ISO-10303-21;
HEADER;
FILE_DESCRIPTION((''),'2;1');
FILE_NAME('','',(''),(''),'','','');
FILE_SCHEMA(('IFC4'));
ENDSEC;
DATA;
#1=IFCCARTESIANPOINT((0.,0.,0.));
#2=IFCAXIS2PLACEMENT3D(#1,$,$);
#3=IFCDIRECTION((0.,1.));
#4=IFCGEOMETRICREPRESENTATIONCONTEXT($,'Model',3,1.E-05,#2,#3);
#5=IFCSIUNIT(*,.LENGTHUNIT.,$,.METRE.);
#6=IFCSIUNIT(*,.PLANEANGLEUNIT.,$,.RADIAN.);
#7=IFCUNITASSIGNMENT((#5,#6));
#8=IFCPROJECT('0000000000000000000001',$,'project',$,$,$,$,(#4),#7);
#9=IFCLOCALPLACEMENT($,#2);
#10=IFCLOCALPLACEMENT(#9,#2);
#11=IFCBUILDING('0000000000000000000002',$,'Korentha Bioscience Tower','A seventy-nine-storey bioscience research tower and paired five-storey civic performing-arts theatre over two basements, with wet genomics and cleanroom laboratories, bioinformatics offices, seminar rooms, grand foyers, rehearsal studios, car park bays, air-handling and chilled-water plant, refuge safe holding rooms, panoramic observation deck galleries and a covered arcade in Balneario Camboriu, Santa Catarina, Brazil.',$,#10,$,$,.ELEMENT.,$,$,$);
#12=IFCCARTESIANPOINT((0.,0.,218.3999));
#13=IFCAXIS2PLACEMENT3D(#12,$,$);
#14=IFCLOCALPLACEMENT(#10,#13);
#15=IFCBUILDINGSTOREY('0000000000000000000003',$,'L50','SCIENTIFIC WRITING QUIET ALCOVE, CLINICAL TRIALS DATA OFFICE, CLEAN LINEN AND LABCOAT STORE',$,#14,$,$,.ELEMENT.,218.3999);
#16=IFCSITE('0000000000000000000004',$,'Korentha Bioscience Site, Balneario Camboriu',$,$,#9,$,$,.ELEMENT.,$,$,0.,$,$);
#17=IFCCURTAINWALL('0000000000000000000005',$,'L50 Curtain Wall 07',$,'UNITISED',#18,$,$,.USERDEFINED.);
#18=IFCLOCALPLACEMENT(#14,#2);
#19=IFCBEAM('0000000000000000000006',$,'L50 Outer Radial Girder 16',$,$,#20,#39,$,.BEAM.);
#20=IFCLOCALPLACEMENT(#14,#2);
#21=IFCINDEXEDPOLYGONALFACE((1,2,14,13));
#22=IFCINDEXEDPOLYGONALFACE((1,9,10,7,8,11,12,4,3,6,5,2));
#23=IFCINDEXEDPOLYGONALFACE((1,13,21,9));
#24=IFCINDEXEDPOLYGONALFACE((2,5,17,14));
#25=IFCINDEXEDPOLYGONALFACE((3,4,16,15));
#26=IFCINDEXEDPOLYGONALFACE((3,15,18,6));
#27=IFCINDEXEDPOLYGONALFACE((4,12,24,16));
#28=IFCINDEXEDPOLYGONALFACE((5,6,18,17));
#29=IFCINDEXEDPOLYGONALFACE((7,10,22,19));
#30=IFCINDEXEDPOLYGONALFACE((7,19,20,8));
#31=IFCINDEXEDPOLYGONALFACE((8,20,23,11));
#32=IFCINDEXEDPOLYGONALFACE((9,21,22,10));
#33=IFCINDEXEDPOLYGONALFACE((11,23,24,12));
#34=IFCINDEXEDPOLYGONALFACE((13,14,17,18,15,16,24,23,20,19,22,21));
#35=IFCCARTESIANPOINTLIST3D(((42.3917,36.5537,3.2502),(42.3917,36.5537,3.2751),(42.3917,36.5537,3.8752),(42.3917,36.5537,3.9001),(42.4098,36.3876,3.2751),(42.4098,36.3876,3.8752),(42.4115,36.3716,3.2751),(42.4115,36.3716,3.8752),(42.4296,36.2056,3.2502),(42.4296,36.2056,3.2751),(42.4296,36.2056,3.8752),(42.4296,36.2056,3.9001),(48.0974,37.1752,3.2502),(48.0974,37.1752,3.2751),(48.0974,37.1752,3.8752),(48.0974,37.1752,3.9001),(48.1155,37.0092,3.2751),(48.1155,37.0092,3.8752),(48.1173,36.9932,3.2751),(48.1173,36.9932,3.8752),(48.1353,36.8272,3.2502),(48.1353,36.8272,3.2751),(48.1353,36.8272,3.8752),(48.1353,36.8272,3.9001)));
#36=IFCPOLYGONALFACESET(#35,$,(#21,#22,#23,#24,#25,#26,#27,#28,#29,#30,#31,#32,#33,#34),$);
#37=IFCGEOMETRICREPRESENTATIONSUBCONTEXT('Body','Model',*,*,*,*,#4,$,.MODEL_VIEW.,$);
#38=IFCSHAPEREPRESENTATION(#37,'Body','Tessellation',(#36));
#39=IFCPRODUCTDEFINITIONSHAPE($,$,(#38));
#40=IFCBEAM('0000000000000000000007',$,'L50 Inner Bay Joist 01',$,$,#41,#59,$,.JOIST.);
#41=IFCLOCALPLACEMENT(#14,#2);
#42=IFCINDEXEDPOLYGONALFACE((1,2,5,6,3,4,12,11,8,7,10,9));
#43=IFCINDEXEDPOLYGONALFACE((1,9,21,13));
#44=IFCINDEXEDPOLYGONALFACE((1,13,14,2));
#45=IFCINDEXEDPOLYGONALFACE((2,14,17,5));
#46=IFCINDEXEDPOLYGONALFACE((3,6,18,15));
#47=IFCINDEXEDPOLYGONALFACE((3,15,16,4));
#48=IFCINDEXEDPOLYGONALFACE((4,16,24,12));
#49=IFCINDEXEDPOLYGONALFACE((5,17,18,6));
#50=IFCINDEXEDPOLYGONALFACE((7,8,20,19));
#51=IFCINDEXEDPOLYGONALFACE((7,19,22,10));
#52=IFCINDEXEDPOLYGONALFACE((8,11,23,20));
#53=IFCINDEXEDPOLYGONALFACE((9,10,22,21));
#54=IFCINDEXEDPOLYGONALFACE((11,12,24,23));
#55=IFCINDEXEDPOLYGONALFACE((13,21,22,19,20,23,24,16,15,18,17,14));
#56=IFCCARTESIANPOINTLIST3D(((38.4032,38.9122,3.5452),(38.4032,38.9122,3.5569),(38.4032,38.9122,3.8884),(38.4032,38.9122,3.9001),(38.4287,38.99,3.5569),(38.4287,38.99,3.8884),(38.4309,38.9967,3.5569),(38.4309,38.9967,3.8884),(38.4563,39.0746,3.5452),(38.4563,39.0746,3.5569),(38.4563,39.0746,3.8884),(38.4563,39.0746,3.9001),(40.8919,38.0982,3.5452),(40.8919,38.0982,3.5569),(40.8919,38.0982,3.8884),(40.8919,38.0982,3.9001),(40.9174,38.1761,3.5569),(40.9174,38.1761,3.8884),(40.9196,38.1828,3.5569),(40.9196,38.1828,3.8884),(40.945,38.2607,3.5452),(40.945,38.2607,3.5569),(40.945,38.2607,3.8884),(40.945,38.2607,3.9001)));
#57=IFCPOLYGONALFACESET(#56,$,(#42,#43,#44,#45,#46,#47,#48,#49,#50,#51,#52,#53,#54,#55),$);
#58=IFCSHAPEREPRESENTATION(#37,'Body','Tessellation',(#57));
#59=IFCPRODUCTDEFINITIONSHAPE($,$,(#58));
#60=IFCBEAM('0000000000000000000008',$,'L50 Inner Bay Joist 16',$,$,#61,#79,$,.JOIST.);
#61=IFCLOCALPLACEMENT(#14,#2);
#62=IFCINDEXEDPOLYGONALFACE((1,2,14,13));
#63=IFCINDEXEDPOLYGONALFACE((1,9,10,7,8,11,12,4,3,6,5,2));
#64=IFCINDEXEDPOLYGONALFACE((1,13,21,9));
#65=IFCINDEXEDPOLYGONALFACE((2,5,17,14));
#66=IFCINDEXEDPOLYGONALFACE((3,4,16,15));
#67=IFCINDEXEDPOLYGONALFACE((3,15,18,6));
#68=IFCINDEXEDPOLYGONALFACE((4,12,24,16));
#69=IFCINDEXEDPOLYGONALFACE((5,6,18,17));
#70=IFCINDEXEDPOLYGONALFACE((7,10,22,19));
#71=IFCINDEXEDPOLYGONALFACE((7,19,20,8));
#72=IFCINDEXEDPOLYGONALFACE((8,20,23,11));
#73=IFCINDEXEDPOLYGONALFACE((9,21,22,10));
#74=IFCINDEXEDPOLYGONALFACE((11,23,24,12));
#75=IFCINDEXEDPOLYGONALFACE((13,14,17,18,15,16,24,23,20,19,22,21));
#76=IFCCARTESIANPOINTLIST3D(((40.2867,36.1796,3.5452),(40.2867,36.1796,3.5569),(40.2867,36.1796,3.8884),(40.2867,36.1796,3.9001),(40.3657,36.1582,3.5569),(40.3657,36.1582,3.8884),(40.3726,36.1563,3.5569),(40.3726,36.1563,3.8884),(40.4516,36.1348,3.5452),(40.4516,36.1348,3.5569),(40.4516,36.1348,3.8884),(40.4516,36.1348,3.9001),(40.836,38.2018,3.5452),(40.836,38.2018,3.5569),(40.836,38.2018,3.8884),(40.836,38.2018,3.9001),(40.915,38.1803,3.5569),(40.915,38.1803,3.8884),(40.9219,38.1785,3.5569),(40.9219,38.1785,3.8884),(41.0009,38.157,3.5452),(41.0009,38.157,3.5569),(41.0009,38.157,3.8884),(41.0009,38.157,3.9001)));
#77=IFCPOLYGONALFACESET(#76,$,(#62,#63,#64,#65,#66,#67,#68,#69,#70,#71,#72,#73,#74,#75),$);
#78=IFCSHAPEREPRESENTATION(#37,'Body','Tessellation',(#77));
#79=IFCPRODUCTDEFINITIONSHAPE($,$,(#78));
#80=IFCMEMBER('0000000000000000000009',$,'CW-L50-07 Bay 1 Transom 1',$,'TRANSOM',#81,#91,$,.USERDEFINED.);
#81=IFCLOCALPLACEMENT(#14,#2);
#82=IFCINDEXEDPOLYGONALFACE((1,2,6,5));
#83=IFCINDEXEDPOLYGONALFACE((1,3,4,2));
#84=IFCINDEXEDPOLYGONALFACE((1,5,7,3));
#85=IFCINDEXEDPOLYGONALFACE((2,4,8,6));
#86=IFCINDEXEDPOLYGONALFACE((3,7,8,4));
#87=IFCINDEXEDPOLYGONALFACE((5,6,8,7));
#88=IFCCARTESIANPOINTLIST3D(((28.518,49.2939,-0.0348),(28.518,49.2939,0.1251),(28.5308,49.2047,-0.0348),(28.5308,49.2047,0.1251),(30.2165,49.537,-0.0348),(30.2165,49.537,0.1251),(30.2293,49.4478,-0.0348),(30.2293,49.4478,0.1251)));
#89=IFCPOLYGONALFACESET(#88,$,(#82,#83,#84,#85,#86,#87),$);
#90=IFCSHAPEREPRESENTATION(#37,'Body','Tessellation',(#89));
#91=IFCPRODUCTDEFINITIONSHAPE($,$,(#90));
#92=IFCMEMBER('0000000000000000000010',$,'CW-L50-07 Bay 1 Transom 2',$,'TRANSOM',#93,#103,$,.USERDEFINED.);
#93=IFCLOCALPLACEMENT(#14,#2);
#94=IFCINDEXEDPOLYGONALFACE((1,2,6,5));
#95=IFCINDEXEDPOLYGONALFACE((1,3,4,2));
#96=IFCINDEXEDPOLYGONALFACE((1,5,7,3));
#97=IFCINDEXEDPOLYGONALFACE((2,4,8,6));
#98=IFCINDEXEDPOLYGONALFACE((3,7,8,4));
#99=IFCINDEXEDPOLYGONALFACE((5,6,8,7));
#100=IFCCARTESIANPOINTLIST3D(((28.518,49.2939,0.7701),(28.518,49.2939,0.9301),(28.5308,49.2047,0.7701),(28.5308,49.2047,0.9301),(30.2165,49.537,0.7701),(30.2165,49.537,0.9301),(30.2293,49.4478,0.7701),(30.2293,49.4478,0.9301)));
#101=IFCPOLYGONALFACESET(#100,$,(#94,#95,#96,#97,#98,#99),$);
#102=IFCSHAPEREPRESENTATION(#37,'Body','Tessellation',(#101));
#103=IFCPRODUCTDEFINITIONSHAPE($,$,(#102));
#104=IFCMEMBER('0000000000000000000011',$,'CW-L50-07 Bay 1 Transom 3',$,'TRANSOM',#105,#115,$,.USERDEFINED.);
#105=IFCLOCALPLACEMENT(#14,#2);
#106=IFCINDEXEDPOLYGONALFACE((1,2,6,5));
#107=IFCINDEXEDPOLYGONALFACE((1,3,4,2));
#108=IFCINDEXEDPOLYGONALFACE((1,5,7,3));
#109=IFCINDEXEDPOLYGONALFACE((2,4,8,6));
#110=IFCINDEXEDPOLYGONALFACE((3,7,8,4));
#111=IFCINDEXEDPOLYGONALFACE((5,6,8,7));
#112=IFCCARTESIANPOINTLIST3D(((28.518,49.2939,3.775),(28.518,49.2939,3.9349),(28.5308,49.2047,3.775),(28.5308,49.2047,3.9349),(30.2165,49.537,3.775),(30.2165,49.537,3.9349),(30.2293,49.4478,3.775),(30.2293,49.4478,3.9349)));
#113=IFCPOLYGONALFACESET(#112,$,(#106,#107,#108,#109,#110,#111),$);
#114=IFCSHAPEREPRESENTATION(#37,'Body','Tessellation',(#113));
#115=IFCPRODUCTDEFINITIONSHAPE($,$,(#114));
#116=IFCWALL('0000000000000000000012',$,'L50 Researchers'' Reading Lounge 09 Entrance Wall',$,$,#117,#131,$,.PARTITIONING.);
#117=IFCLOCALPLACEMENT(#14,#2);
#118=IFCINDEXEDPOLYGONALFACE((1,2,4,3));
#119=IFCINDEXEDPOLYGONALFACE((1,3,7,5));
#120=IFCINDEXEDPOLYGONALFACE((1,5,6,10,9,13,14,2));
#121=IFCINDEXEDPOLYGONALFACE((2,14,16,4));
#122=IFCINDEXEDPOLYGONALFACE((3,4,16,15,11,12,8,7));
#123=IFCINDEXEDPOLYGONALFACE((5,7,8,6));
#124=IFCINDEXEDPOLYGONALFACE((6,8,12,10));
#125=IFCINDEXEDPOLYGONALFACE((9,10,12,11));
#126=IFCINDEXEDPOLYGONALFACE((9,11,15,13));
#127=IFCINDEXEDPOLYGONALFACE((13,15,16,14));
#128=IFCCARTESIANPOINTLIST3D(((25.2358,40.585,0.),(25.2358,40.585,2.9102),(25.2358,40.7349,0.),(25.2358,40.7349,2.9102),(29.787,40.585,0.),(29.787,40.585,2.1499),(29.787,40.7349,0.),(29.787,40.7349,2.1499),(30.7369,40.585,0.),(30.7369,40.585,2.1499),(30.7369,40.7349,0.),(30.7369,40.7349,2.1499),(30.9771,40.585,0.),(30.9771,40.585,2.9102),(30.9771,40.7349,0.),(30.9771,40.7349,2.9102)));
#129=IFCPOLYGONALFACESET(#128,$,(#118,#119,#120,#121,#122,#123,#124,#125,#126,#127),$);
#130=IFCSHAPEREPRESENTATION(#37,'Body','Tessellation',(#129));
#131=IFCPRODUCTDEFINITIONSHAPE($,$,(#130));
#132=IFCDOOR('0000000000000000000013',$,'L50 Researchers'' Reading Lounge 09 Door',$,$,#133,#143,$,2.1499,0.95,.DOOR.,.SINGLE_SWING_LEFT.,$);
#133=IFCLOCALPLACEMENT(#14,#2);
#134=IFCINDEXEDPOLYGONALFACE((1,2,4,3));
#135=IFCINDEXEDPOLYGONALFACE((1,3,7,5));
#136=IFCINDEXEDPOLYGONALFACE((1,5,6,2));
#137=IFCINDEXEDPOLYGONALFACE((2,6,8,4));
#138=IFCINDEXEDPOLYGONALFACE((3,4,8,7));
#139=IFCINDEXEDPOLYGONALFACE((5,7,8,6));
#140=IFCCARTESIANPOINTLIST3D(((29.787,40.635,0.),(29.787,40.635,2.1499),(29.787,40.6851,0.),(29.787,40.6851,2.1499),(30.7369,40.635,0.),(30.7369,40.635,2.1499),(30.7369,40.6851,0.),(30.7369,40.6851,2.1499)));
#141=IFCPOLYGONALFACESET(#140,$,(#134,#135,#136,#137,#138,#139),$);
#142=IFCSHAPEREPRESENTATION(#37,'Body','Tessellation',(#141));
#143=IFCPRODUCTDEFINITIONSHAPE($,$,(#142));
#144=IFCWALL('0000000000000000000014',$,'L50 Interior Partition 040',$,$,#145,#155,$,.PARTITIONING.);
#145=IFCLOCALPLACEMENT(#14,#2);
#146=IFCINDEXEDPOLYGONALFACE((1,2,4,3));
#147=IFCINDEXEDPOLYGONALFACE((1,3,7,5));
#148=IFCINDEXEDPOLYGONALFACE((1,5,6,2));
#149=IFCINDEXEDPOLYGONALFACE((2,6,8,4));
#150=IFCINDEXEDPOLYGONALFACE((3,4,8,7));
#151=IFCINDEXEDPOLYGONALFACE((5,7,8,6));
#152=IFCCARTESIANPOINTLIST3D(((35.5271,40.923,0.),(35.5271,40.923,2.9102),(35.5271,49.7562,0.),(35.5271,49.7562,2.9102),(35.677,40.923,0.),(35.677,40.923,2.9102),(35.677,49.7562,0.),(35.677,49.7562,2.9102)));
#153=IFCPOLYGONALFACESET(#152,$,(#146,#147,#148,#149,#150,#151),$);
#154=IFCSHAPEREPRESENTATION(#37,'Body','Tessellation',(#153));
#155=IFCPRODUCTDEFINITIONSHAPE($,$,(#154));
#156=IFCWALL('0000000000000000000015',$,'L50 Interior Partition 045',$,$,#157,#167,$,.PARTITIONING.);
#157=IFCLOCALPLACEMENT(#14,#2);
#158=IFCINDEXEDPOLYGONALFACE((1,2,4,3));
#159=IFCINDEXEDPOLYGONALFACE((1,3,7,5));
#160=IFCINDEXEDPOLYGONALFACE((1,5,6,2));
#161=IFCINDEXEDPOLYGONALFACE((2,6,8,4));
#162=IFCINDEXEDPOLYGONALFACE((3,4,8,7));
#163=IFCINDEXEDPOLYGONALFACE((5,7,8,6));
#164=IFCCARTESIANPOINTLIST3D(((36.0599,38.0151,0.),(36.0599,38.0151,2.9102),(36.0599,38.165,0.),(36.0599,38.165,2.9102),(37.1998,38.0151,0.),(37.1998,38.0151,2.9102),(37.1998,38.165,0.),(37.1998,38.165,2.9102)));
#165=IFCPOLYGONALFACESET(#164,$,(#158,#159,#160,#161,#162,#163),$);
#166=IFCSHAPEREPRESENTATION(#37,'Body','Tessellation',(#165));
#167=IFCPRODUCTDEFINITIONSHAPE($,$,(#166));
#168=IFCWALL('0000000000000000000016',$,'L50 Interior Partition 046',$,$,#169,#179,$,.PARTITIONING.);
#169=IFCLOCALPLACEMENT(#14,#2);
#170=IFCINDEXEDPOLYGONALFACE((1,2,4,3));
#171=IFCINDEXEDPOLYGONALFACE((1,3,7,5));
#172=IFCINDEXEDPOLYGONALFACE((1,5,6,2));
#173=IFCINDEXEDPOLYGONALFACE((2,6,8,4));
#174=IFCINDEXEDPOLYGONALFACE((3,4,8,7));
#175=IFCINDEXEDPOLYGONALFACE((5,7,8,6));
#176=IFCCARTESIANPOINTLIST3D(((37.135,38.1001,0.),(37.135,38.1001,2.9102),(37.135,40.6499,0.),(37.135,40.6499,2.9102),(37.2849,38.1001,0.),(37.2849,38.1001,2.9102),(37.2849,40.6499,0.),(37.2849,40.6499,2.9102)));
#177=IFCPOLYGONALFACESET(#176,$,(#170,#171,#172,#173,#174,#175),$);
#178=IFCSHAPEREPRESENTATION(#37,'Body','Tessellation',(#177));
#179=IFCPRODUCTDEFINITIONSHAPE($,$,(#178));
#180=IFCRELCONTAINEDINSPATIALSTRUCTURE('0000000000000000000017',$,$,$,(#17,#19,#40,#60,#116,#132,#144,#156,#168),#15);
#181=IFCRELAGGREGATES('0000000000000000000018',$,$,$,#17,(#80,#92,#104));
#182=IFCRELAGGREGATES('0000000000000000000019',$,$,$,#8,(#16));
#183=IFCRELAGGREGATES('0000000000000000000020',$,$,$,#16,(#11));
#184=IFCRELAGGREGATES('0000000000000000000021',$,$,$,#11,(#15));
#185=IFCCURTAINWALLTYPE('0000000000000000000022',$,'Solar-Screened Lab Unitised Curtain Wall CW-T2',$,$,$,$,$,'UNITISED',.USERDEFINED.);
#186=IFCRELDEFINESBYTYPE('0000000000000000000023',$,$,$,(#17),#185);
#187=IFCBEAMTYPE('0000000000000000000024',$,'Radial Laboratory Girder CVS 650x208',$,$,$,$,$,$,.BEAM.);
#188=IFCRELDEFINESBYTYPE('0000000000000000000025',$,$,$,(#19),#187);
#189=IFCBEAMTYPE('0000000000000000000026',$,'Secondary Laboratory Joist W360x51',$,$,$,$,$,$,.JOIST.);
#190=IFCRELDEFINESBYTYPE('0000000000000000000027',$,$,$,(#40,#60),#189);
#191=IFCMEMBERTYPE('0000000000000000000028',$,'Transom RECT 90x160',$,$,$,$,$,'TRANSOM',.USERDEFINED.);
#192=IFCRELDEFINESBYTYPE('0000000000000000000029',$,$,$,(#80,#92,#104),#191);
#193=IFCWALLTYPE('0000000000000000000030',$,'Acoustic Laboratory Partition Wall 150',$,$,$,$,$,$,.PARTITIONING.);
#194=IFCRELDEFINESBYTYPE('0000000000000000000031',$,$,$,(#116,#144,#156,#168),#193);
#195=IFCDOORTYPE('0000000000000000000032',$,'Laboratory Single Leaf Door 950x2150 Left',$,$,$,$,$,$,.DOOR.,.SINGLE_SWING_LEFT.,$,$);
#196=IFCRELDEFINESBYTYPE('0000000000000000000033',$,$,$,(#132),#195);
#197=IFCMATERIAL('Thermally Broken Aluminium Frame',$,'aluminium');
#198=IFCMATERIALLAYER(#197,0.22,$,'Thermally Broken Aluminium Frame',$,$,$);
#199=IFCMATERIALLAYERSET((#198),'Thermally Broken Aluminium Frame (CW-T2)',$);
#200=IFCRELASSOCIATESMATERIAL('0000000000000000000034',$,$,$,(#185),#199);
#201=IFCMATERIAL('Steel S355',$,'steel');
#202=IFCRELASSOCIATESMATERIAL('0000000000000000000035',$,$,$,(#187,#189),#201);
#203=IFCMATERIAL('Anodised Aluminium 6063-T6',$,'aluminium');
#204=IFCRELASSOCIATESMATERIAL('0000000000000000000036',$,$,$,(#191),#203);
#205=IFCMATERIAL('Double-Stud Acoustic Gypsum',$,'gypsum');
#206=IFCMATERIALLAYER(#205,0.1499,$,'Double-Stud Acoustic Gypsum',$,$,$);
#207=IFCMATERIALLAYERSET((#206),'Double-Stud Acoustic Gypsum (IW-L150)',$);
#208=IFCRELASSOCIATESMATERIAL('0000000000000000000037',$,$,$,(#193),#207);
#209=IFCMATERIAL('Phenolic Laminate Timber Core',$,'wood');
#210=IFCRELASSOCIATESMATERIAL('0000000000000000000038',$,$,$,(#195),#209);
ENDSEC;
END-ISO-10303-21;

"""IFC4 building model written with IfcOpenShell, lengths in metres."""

from ifc_helpers import new_model, si_unit, direction, frame, frame_2d, origin, origin_2d, place, context, subcontext, project, spatial, rectangle, i_section, extrude, material, layer, layer_set, material_profile, profile_set, type_object, element, fill, aggregate, save


model = new_model("IFC4")

# Units and contexts
model_context = context("Model", 3, precision=1e-05, world=origin(), true_north=direction((0.0, 1.0)))
body_context = subcontext(model_context, "Body", "Model", "MODEL_VIEW")
ifc_project = project(units=[si_unit("LENGTHUNIT", "METRE"), si_unit("PLANEANGLEUNIT", "RADIAN")], contexts=[model_context])

# Site, building, storey
site_placement = place(None, origin())
site = spatial("IfcSite", under=ifc_project, at=site_placement, Name="Korentha Bioscience Site, Balneario Camboriu", CompositionType="ELEMENT", RefElevation=0.0)
building_placement = place(site_placement, origin())
building = spatial("IfcBuilding", under=site, at=building_placement, Name="Korentha Bioscience Tower", Description="A seventy-nine-storey bioscience research tower and paired five-storey civic performing-arts theatre over two basements, with wet genomics and cleanroom laboratories, bioinformatics offices, seminar rooms, grand foyers, rehearsal studios, car park bays, air-handling and chilled-water plant, refuge safe holding rooms, panoramic observation deck galleries and a covered arcade in Balneario Camboriu, Santa Catarina, Brazil.", CompositionType="ELEMENT")
storey_placement = place(building_placement, frame((0.0, 0.0, 218.3999)))
storey = spatial("IfcBuildingStorey", under=building, at=storey_placement, Name="L50", Description="SCIENTIFIC WRITING QUIET ALCOVE, CLINICAL TRIALS DATA OFFICE, CLEAN LINEN AND LABCOAT STORE", CompositionType="ELEMENT", Elevation=218.3999)

# Shared definitions
ifc_material_1 = material(Name="Steel S355", Category="steel")

# Curtain wall
ifc_material_2 = material(Name="Thermally Broken Aluminium Frame", Category="aluminium")
ifc_layer_1 = layer(ifc_material_2, 0.22, Name="Thermally Broken Aluminium Frame")
ifc_layer_set_1 = layer_set([ifc_layer_1], Name="Thermally Broken Aluminium Frame (CW-T2)")
curtain_wall_type = type_object("IfcCurtainWallType", Name="Solar-Screened Lab Unitised Curtain Wall CW-T2", ElementType="UNITISED", PredefinedType="USERDEFINED", material=ifc_layer_set_1)
curtain_wall_placement = place(storey_placement, origin())
curtain_wall = element("IfcCurtainWall", 1, at=curtain_wall_placement, inside=storey, type_object=curtain_wall_type, Name="L50 Curtain Wall 07", ObjectType="UNITISED", PredefinedType="USERDEFINED")
ifc_material_3 = material(Name="Anodised Aluminium 6063-T6", Category="aluminium")

# Beams
ifc_material_profile_1 = material_profile(ifc_material_1, i_section(OverallWidth=0.3501, OverallDepth=0.6499, WebThickness=0.0161, FlangeThickness=0.0249, at=origin_2d()), Name="Steel S355")
ifc_profile_set_1 = profile_set([ifc_material_profile_1], Name="Steel S355 (RB-650)")
beam_type_1 = type_object("IfcBeamType", Name="Radial Laboratory Girder CVS 650x208", PredefinedType="BEAM", material=ifc_profile_set_1)
beam_1_placement = place(storey_placement, frame((42.4106, 36.3796, 3.5752), z_axis=(0.994119, 0.108298, 0.0), x_axis=(-0.108298, 0.994119, 0.0)))
element("IfcBeam", 2, at=beam_1_placement, inside=storey, type_object=beam_type_1, Name="L50 Outer Radial Girder 16", PredefinedType="BEAM", context=body_context, shape_type="SweptSolid", body=[
    extrude(i_section(OverallWidth=0.3501, OverallDepth=0.6499, WebThickness=0.0161, FlangeThickness=0.0249, at=origin_2d()), origin(), (0.0, 0.0, 1.0), 5.7395),
])
ifc_material_profile_2 = material_profile(ifc_material_1, i_section(OverallWidth=0.1709, OverallDepth=0.355, WebThickness=0.0071, FlangeThickness=0.0117, at=origin_2d()), Name="Steel S355")
ifc_profile_set_2 = profile_set([ifc_material_profile_2], Name="Steel S355 (JB-360)")
beam_type_2 = type_object("IfcBeamType", Name="Secondary Laboratory Joist W360x51", PredefinedType="JOIST", material=ifc_profile_set_2)
beam_2_placement = place(storey_placement, frame((40.9185, 38.1794, 3.7227), z_axis=(-0.950458, 0.310852, 0.0), x_axis=(-0.310852, -0.950458, 0.0)))
element("IfcBeam", 3, at=beam_2_placement, inside=storey, type_object=beam_type_2, Name="L50 Inner Bay Joist 01", PredefinedType="JOIST", context=body_context, shape_type="SweptSolid", body=[
    extrude(i_section(OverallWidth=0.1709, OverallDepth=0.355, WebThickness=0.0071, FlangeThickness=0.0117, at=origin_2d()), origin(), (0.0, 0.0, 1.0), 2.6184),
])
beam_3_placement = place(storey_placement, frame((40.3691, 36.1572, 3.7227), z_axis=(0.262141, 0.96503, 0.0), x_axis=(-0.96503, 0.262141, 0.0)))
element("IfcBeam", 4, at=beam_3_placement, inside=storey, type_object=beam_type_2, Name="L50 Inner Bay Joist 16", PredefinedType="JOIST", context=body_context, shape_type="SweptSolid", body=[
    extrude(i_section(OverallWidth=0.1709, OverallDepth=0.355, WebThickness=0.0071, FlangeThickness=0.0117, at=origin_2d()), origin(), (0.0, 0.0, 1.0), 2.0955),
])

# Members
ifc_material_profile_3 = material_profile(ifc_material_3, rectangle(XDim=0.0901, YDim=0.1599, at=origin_2d()), Name="Anodised Aluminium 6063-T6")
ifc_profile_set_3 = profile_set([ifc_material_profile_3], Name="Anodised Aluminium 6063-T6 (CW-TRN)")
member_type_1 = type_object("IfcMemberType", Name="Transom RECT 90x160", ElementType="TRANSOM", PredefinedType="USERDEFINED", material=ifc_profile_set_3)
member_1_placement = place(storey_placement, frame((30.2229, 49.4924, 0.0452), z_axis=(-0.989907, -0.14172, 0.0), x_axis=(0.14172, -0.989907, 0.0)))
member_1 = element("IfcMember", 5, at=member_1_placement, type_object=member_type_1, Name="CW-L50-07 Bay 1 Transom 1", ObjectType="TRANSOM", PredefinedType="USERDEFINED", context=body_context, shape_type="SweptSolid", body=[
    extrude(rectangle(XDim=0.0901, YDim=0.1599, at=origin_2d()), origin(), (0.0, 0.0, 1.0), 1.7158),
])
member_2_placement = place(storey_placement, frame((30.2229, 49.4924, 0.8501), z_axis=(-0.989907, -0.14172, 0.0), x_axis=(0.14172, -0.989907, 0.0)))
member_2 = element("IfcMember", 6, at=member_2_placement, type_object=member_type_1, Name="CW-L50-07 Bay 1 Transom 2", ObjectType="TRANSOM", PredefinedType="USERDEFINED", context=body_context, shape_type="SweptSolid", body=[
    extrude(rectangle(XDim=0.0901, YDim=0.1599, at=origin_2d()), origin(), (0.0, 0.0, 1.0), 1.7158),
])
member_3_placement = place(storey_placement, frame((30.2229, 49.4924, 3.855), z_axis=(-0.989907, -0.14172, 0.0), x_axis=(0.14172, -0.989907, 0.0)))
member_3 = element("IfcMember", 7, at=member_3_placement, type_object=member_type_1, Name="CW-L50-07 Bay 1 Transom 3", ObjectType="TRANSOM", PredefinedType="USERDEFINED", context=body_context, shape_type="SweptSolid", body=[
    extrude(rectangle(XDim=0.0901, YDim=0.1599, at=origin_2d()), origin(), (0.0, 0.0, 1.0), 1.7158),
])
aggregate(curtain_wall, [member_1, member_2, member_3])

# Wall, opening, door
ifc_material_4 = material(Name="Double-Stud Acoustic Gypsum", Category="gypsum")
ifc_layer_2 = layer(ifc_material_4, 0.1499, Name="Double-Stud Acoustic Gypsum")
ifc_layer_set_2 = layer_set([ifc_layer_2], Name="Double-Stud Acoustic Gypsum (IW-L150)")
wall_type_1 = type_object("IfcWallType", Name="Acoustic Laboratory Partition Wall 150", PredefinedType="PARTITIONING", material=ifc_layer_set_2)
ifc_material_5 = material(Name="Phenolic Laminate Timber Core", Category="wood")
door_type_1 = type_object("IfcDoorType", Name="Laboratory Single Leaf Door 950x2150 Left", OperationType="SINGLE_SWING_LEFT", PredefinedType="DOOR", material=ifc_material_5)
wall_1_placement = place(storey_placement, frame((30.9771, 40.6599, 0.0), z_axis=(0.0, 0.0, 1.0), x_axis=(-1.0, 0.0, 0.0)))
wall_1 = element("IfcWall", 8, at=wall_1_placement, inside=storey, type_object=wall_type_1, Name="L50 Researchers' Reading Lounge 09 Entrance Wall", PredefinedType="PARTITIONING", context=body_context, shape_type="SweptSolid", body=[
    extrude(rectangle(XDim=5.7412, YDim=0.1499, at=frame_2d((2.8706, 0.0))), origin(), (0.0, 0.0, 1.0), 2.9102),
])
opening_1_placement = place(wall_1_placement, frame((0.24, 0.0, 0.0)))
opening_1 = element("IfcOpeningElement", 9, at=opening_1_placement, cuts=wall_1, PredefinedType="OPENING", context=body_context, shape_type="SweptSolid", body=[
    extrude(rectangle(XDim=0.95, YDim=2.1499, at=frame_2d((0.4751, 1.075))), frame((0.0, 0.0898, 0.0), z_axis=(0.0, -1.0, 0.0), x_axis=(1.0, 0.0, 0.0)), (0.0, 0.0, 1.0), 0.1797),
])
door_1_placement = place(opening_1_placement, origin())
door_1 = element("IfcDoor", 10, at=door_1_placement, inside=storey, type_object=door_type_1, Name="L50 Researchers' Reading Lounge 09 Door", OperationType="SINGLE_SWING_LEFT", OverallHeight=2.1499, OverallWidth=0.95, PredefinedType="DOOR", context=body_context, shape_type="SweptSolid", body=[
    extrude(rectangle(XDim=0.95, YDim=2.1499, at=frame_2d((0.4751, 1.075))), frame((0.0, 0.0249, 0.0), z_axis=(0.0, -1.0, 0.0), x_axis=(1.0, 0.0, 0.0)), (0.0, 0.0, 1.0), 0.05),
])
fill(opening_1, door_1)

# Walls
wall_2_placement = place(storey_placement, frame((35.6021, 40.9231, 0.0), z_axis=(0.0, 0.0, 1.0), x_axis=(0.0, 1.0, 0.0)))
element("IfcWall", 11, at=wall_2_placement, inside=storey, type_object=wall_type_1, Name="L50 Interior Partition 040", PredefinedType="PARTITIONING", context=body_context, shape_type="SweptSolid", body=[
    extrude(rectangle(XDim=8.8333, YDim=0.1499, at=frame_2d((4.4165, 0.0))), origin(), (0.0, 0.0, 1.0), 2.9102),
])
wall_3_placement = place(storey_placement, frame((36.0601, 38.0901, 0.0), z_axis=(0.0, 0.0, 1.0), x_axis=(1.0, 0.0, 0.0)))
element("IfcWall", 12, at=wall_3_placement, inside=storey, type_object=wall_type_1, Name="L50 Interior Partition 045", PredefinedType="PARTITIONING", context=body_context, shape_type="SweptSolid", body=[
    extrude(rectangle(XDim=1.1399, YDim=0.1499, at=frame_2d((0.5698, 0.0))), origin(), (0.0, 0.0, 1.0), 2.9102),
])
wall_4_placement = place(storey_placement, frame((37.21, 38.1001, 0.0), z_axis=(0.0, 0.0, 1.0), x_axis=(0.0, 1.0, 0.0)))
element("IfcWall", 13, at=wall_4_placement, inside=storey, type_object=wall_type_1, Name="L50 Interior Partition 046", PredefinedType="PARTITIONING", context=body_context, shape_type="SweptSolid", body=[
    extrude(rectangle(XDim=2.5498, YDim=0.1499, at=frame_2d((1.2749, 0.0))), origin(), (0.0, 0.0, 1.0), 2.9102),
])

save(model, "model.ifc")
